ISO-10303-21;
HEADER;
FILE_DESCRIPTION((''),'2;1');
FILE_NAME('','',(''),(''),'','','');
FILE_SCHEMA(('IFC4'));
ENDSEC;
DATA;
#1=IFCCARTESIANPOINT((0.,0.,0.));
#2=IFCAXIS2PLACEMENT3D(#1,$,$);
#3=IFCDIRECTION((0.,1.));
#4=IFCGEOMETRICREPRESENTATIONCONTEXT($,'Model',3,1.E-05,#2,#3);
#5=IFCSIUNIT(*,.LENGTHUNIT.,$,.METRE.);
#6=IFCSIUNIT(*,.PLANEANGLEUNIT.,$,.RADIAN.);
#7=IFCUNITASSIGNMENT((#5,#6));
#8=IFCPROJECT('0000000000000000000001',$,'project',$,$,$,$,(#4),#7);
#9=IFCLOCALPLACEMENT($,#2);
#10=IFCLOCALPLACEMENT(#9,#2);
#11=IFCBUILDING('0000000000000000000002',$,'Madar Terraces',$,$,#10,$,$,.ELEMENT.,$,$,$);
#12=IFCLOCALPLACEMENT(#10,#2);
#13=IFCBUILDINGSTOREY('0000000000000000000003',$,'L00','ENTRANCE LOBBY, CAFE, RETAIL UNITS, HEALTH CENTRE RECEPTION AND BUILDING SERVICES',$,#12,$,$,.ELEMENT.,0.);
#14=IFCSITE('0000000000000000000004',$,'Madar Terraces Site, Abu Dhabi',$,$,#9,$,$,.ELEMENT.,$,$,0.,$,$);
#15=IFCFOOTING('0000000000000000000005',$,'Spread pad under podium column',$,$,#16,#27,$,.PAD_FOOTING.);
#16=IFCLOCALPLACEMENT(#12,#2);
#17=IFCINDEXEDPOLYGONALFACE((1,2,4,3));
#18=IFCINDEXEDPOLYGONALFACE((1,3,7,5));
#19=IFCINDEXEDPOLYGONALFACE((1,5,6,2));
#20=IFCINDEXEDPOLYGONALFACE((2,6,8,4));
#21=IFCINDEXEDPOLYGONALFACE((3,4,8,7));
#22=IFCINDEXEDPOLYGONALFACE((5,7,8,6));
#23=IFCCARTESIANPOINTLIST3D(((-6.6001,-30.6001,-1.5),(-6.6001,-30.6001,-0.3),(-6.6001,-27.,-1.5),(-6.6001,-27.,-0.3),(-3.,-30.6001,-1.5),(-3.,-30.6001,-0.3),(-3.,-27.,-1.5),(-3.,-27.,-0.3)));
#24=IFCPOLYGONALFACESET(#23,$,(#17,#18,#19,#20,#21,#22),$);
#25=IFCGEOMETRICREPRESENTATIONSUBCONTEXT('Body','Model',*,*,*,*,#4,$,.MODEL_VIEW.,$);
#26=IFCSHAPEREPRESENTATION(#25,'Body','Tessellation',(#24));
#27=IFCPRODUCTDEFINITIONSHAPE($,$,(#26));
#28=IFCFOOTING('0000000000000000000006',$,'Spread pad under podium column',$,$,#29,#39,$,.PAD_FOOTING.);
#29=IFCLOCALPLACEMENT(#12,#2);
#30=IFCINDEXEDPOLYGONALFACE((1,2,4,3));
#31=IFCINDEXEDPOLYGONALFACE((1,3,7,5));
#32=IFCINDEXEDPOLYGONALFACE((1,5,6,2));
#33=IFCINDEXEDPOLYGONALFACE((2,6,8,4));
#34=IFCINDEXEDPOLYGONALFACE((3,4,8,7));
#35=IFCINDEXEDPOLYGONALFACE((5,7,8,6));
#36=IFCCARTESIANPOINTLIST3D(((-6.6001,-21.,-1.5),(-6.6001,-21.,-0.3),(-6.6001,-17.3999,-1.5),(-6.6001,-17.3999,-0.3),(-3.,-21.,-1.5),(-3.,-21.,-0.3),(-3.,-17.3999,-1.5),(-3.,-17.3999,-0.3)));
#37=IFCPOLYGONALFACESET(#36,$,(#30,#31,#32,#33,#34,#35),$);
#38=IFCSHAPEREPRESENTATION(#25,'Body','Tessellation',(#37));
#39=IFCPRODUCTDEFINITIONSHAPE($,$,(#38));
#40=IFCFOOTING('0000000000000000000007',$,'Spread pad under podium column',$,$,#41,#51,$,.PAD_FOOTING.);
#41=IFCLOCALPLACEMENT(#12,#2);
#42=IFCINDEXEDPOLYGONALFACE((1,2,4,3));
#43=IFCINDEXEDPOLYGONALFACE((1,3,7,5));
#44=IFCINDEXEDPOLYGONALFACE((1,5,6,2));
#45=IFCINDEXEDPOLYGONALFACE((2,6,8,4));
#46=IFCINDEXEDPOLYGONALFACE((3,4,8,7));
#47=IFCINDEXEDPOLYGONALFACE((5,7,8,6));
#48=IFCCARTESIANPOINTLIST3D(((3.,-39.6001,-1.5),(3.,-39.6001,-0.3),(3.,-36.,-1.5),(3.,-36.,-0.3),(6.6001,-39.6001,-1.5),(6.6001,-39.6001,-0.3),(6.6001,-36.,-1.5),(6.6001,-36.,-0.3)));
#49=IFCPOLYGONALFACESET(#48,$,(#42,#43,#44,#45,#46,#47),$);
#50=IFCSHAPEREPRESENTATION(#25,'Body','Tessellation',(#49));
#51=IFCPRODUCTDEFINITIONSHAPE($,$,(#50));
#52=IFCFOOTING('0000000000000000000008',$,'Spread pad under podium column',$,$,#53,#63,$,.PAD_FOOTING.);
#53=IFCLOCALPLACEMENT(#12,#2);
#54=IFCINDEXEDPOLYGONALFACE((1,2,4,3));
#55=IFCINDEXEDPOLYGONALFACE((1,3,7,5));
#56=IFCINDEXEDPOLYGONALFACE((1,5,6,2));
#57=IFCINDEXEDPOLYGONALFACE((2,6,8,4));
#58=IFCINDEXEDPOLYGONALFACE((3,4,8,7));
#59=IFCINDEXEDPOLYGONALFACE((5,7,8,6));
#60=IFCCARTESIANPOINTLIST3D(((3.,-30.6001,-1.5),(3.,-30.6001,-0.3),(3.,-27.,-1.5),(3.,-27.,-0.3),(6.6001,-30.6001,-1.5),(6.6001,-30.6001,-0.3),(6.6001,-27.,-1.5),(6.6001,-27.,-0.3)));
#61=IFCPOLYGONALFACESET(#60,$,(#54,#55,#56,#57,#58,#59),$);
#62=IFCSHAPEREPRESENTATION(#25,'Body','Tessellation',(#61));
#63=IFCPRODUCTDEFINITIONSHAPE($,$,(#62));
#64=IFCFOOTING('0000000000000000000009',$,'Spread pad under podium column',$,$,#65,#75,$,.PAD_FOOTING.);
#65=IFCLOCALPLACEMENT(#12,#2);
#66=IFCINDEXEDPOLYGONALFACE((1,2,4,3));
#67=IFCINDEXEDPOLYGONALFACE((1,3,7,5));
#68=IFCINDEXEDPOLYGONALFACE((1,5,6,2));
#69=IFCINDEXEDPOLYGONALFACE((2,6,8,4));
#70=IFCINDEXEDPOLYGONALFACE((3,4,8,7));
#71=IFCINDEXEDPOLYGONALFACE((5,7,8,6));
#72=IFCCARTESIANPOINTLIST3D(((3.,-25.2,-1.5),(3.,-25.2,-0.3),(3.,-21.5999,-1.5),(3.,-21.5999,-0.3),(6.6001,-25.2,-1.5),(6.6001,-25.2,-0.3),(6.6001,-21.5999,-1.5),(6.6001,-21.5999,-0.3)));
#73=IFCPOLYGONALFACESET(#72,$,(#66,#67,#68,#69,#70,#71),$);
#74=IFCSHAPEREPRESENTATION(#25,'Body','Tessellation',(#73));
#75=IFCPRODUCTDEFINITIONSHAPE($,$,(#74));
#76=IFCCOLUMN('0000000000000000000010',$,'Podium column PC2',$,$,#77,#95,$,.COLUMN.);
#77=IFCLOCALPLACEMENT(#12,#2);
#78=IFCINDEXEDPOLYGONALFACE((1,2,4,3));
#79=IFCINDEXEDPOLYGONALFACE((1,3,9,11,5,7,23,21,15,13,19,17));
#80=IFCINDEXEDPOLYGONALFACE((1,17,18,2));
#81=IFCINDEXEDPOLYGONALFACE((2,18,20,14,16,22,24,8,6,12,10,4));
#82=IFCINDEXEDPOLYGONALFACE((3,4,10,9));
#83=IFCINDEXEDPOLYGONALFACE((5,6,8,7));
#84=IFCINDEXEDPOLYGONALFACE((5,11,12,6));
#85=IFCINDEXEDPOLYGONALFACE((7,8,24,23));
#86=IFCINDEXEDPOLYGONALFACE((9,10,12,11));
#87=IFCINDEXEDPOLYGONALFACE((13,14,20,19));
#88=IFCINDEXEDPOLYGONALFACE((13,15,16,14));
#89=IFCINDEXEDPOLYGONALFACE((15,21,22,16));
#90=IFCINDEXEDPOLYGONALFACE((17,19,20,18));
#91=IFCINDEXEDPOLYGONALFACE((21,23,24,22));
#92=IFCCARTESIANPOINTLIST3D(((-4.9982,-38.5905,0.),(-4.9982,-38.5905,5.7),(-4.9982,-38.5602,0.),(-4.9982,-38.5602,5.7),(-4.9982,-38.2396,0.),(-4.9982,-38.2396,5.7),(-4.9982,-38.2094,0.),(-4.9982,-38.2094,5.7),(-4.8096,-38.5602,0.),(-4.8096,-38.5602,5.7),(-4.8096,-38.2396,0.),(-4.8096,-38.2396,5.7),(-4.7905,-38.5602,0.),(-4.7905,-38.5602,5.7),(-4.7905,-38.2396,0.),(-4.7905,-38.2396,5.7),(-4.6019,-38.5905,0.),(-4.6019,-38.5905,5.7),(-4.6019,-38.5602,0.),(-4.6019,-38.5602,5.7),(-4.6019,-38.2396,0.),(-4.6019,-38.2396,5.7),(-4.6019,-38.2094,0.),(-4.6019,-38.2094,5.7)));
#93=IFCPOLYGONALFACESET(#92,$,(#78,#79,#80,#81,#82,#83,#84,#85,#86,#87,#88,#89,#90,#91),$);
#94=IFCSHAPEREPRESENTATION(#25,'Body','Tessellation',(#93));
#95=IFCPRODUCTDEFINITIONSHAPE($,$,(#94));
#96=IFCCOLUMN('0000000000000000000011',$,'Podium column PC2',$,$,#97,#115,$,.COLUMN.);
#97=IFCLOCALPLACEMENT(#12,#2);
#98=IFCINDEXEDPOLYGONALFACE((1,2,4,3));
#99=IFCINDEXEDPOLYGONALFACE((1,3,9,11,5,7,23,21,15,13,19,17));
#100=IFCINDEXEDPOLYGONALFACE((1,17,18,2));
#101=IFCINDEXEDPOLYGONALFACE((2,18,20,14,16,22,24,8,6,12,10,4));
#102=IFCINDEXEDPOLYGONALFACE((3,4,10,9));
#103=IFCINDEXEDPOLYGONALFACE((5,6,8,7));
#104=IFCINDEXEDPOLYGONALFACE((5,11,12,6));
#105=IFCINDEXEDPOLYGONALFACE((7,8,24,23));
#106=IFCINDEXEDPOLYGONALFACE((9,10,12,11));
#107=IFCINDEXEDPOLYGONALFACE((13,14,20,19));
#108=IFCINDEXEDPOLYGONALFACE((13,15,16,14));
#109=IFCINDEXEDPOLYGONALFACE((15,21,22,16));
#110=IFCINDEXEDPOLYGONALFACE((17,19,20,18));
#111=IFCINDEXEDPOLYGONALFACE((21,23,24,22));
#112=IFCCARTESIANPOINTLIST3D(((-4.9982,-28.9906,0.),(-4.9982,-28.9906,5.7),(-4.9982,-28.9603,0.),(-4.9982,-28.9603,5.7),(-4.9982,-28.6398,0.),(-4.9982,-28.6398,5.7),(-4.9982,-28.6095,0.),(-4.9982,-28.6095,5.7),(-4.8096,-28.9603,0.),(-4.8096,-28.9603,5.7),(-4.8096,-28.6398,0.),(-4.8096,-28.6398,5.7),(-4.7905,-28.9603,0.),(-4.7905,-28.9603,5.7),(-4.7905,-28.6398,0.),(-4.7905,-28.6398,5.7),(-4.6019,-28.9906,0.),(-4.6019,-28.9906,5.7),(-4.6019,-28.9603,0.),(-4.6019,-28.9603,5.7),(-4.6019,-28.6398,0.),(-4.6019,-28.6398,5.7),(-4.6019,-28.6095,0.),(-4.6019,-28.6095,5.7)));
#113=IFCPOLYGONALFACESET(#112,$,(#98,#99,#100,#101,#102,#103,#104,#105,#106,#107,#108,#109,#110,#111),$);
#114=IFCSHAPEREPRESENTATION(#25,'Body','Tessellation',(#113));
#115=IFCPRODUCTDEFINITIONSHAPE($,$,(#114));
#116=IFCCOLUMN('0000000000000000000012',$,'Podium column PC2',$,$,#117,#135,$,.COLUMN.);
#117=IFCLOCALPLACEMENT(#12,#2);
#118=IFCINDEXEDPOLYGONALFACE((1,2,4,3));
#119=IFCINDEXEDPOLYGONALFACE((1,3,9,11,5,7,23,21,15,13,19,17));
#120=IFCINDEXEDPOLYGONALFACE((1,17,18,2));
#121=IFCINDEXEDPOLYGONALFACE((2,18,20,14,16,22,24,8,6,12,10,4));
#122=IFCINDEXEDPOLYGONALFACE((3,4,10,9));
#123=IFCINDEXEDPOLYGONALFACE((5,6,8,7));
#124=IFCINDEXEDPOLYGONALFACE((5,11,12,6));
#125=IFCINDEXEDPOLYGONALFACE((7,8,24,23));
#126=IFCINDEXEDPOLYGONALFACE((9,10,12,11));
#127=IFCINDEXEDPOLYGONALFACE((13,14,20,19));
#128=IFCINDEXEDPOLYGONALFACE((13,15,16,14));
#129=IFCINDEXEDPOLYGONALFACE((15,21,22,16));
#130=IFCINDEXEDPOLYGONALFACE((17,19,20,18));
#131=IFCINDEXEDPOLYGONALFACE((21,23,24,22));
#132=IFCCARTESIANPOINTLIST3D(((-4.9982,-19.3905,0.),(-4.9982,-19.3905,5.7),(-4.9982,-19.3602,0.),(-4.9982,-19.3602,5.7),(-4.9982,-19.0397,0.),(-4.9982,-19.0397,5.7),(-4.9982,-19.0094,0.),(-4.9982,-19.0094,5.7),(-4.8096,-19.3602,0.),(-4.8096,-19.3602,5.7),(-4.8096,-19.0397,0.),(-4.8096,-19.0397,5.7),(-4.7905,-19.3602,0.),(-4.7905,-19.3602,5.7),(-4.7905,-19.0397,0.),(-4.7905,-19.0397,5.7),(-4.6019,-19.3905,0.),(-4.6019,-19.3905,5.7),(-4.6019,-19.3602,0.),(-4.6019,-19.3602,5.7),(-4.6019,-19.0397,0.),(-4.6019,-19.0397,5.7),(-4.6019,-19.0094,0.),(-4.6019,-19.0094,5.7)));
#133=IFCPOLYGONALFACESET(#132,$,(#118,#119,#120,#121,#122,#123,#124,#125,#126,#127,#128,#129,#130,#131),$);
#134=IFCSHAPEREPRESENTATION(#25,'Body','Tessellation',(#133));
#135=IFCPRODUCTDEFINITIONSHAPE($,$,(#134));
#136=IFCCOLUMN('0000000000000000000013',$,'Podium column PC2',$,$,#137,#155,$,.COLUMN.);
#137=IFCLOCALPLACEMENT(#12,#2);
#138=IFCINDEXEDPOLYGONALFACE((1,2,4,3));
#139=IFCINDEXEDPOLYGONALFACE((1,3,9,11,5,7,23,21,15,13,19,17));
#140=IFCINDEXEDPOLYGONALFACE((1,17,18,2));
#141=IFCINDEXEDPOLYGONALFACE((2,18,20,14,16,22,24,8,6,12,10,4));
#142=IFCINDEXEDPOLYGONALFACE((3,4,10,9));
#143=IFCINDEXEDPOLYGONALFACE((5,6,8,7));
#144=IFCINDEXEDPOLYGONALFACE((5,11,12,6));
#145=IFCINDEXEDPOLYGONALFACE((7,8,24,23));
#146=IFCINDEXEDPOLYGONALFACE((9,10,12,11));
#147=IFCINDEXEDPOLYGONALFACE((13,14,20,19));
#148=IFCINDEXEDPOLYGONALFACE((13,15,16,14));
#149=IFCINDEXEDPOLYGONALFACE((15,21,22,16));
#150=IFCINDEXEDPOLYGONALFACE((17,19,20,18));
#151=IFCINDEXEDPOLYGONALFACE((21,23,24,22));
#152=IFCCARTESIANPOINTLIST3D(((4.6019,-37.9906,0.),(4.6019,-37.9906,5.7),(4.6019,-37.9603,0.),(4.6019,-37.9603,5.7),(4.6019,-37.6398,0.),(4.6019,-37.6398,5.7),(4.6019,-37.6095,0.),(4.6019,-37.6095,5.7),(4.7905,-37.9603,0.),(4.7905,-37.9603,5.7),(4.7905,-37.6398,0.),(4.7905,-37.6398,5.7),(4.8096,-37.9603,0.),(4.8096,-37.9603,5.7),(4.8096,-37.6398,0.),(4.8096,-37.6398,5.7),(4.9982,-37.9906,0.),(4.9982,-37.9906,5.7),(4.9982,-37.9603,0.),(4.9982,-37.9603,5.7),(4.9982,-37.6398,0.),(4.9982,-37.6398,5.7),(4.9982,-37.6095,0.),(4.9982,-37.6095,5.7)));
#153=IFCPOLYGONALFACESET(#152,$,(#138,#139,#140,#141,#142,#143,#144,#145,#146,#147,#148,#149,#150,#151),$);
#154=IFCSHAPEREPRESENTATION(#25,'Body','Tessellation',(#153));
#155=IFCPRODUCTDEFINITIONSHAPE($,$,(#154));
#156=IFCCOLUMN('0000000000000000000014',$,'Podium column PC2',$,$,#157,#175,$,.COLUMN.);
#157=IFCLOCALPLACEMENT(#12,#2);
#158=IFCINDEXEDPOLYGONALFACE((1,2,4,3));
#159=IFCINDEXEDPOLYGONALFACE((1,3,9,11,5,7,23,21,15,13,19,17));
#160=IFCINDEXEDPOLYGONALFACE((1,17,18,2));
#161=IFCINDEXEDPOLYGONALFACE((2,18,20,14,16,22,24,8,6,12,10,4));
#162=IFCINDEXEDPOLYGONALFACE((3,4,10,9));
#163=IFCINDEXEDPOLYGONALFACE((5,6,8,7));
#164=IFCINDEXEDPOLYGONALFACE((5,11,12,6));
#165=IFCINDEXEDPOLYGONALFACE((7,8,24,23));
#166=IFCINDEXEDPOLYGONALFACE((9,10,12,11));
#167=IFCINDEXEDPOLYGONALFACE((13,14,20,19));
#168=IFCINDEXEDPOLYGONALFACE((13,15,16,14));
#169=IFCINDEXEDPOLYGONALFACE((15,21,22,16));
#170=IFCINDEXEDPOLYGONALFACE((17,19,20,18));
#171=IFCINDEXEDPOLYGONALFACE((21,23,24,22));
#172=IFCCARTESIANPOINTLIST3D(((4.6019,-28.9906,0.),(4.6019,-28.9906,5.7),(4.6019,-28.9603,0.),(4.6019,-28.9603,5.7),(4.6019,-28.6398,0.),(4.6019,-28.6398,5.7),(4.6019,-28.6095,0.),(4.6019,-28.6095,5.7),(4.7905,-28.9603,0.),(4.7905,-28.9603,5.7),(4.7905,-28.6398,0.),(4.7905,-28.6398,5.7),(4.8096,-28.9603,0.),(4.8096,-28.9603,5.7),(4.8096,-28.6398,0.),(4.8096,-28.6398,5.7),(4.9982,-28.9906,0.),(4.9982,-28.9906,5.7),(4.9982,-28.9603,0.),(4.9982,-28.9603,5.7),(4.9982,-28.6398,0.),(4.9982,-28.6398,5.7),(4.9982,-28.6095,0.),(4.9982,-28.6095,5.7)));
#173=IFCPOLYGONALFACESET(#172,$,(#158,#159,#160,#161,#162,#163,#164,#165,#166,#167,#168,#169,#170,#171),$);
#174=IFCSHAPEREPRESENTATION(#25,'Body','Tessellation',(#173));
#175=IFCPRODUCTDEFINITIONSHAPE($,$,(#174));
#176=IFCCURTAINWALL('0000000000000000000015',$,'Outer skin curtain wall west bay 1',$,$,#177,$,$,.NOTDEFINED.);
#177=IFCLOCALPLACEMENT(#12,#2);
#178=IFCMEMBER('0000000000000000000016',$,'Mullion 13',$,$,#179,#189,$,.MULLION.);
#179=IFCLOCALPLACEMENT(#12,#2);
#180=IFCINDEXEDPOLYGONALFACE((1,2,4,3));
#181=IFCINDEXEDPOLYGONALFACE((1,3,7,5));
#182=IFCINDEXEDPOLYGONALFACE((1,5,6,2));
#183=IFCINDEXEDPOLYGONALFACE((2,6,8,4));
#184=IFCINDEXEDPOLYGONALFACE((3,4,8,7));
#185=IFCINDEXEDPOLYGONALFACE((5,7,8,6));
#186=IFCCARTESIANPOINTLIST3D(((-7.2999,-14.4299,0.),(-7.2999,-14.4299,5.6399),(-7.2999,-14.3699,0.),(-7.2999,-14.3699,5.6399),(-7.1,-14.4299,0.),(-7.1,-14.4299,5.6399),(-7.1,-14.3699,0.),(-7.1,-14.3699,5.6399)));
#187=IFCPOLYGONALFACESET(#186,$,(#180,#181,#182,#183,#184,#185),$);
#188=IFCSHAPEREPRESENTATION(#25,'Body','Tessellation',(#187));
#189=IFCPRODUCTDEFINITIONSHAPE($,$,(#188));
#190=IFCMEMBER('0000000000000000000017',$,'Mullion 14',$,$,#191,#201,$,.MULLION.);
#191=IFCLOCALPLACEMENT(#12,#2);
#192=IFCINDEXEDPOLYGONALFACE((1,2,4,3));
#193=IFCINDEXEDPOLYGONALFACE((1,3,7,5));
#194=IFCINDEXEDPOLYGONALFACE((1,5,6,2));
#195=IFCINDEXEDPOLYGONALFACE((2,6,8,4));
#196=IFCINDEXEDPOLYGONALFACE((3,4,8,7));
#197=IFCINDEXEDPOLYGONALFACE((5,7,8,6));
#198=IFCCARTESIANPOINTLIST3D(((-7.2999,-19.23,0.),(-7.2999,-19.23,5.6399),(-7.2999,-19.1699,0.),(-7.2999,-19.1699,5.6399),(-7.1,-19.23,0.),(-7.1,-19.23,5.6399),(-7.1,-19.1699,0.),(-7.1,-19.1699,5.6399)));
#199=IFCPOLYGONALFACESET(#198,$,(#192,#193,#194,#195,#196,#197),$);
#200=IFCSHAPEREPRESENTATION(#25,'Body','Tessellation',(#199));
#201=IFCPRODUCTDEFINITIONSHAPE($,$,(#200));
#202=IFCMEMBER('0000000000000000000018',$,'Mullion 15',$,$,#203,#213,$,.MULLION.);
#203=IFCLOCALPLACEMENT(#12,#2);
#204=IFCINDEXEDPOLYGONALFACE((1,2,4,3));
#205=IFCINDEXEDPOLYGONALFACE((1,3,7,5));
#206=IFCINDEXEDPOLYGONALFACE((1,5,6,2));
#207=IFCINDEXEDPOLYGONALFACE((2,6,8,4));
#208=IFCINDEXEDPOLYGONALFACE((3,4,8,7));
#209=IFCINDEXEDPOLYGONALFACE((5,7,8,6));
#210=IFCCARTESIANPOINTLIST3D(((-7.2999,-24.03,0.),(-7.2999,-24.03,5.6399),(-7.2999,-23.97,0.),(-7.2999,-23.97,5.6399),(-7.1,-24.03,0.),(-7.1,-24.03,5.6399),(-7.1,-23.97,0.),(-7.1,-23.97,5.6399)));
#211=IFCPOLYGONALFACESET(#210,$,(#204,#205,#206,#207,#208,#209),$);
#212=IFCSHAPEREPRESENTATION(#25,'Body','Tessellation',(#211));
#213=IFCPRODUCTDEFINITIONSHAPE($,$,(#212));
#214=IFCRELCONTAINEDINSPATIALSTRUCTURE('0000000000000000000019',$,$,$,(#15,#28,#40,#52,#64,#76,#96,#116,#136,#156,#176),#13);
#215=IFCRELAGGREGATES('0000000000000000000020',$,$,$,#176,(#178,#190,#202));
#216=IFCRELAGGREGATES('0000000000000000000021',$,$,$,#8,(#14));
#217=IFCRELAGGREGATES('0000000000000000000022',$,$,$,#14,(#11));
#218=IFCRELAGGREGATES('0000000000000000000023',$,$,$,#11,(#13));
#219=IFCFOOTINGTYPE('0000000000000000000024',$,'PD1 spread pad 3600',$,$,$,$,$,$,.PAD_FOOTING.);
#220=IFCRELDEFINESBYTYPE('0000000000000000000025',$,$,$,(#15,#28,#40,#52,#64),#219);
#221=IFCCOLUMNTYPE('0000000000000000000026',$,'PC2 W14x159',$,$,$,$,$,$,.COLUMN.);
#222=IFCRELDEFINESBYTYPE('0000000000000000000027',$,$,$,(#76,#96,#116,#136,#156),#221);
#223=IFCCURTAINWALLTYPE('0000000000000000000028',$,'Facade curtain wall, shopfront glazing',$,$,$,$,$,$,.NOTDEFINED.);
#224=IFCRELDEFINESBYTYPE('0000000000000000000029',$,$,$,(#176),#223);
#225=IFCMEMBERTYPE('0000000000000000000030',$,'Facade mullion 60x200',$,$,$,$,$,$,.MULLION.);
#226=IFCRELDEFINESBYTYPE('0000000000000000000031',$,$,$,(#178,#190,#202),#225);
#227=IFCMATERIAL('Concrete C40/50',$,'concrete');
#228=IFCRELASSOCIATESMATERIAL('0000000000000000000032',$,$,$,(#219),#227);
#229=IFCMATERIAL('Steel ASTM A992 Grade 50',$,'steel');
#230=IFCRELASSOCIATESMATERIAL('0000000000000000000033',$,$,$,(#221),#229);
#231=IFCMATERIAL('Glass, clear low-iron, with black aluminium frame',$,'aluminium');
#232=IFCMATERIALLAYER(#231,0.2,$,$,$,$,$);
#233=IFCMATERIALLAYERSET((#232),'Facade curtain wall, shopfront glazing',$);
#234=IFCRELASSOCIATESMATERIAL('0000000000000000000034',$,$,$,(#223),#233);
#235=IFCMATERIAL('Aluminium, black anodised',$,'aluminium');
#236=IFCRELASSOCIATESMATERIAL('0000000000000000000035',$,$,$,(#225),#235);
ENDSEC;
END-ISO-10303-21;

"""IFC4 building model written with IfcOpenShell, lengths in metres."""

from ifc_helpers import new_model, si_unit, direction, frame, origin, origin_2d, place, context, subcontext, project, spatial, rectangle, i_section, extrude, material, layer, layer_set, material_profile, profile_set, type_object, element, aggregate, save


model = new_model("IFC4")

# Units and contexts
model_context = context("Model", 3, precision=1e-05, world=origin(), true_north=direction((0.0, 1.0)))
body_context = subcontext(model_context, "Body", "Model", "MODEL_VIEW")
ifc_project = project(units=[si_unit("LENGTHUNIT", "METRE"), si_unit("PLANEANGLEUNIT", "RADIAN")], contexts=[model_context])

# Site, building, storey
site_placement = place(None, origin())
site = spatial("IfcSite", under=ifc_project, at=site_placement, Name="Madar Terraces Site, Abu Dhabi", CompositionType="ELEMENT", RefElevation=0.0)
building_placement = place(site_placement, origin())
building = spatial("IfcBuilding", under=site, at=building_placement, Name="Madar Terraces", CompositionType="ELEMENT")
storey_placement = place(building_placement, origin())
storey = spatial("IfcBuildingStorey", under=building, at=storey_placement, Name="L00", Description="ENTRANCE LOBBY, CAFE, RETAIL UNITS, HEALTH CENTRE RECEPTION AND BUILDING SERVICES", CompositionType="ELEMENT", Elevation=0.0)

# Footings
ifc_material_1 = material(Name="Concrete C40/50", Category="concrete")
footing_type = type_object("IfcFootingType", Name="PD1 spread pad 3600", PredefinedType="PAD_FOOTING", material=ifc_material_1)
for number, where, z_axis, x_axis, name in (
    (1, (-4.8, -28.8, -1.5), (0.0, 0.0, 1.0), (1.0, 0.0, 0.0), "Spread pad under podium column"),
    (2, (-4.8, -19.2, -1.5), (0.0, 0.0, 1.0), (1.0, 0.0, 0.0), "Spread pad under podium column"),
    (3, (4.8, -37.8, -1.5), (0.0, 0.0, 1.0), (1.0, 0.0, 0.0), "Spread pad under podium column"),
    (4, (4.8, -28.8, -1.5), (0.0, 0.0, 1.0), (1.0, 0.0, 0.0), "Spread pad under podium column"),
    (5, (4.8, -23.3999, -1.5), (0.0, 0.0, 1.0), (1.0, 0.0, 0.0), "Spread pad under podium column"),
):
    element("IfcFooting", number, at=place(storey_placement, frame(where, z_axis=z_axis, x_axis=x_axis)), inside=storey, type_object=footing_type, Name=name, PredefinedType="PAD_FOOTING", context=body_context, shape_type="SweptSolid", body=[
        extrude(rectangle(XDim=3.6001, YDim=3.6001, at=origin_2d()), origin(), (0.0, 0.0, 1.0), 1.2),
    ])

# Columns
ifc_material_2 = material(Name="Steel ASTM A992 Grade 50", Category="steel")
ifc_material_profile_1 = material_profile(ifc_material_2, i_section(OverallWidth=0.3962, OverallDepth=0.3811, WebThickness=0.019, FlangeThickness=0.0303, at=origin_2d()), Name="W14x159")
ifc_profile_set_1 = profile_set([ifc_material_profile_1], Name="Steel ASTM A992 Grade 50")
column_type = type_object("IfcColumnType", Name="PC2 W14x159", PredefinedType="COLUMN", material=ifc_profile_set_1)
for number, where, z_axis, x_axis, name in (
    (6, (-4.8, -38.3999, 0.0), (0.0, 0.0, 1.0), (1.0, 0.0, 0.0), "Podium column PC2"),
    (7, (-4.8, -28.8, 0.0), (0.0, 0.0, 1.0), (1.0, 0.0, 0.0), "Podium column PC2"),
    (8, (-4.8, -19.2, 0.0), (0.0, 0.0, 1.0), (1.0, 0.0, 0.0), "Podium column PC2"),
    (9, (4.8, -37.8, 0.0), (0.0, 0.0, 1.0), (1.0, 0.0, 0.0), "Podium column PC2"),
    (10, (4.8, -28.8, 0.0), (0.0, 0.0, 1.0), (1.0, 0.0, 0.0), "Podium column PC2"),
):
    element("IfcColumn", number, at=place(storey_placement, frame(where, z_axis=z_axis, x_axis=x_axis)), inside=storey, type_object=column_type, Name=name, PredefinedType="COLUMN", context=body_context, shape_type="SweptSolid", body=[
        extrude(i_section(OverallWidth=0.3962, OverallDepth=0.3811, WebThickness=0.019, FlangeThickness=0.0303, at=origin_2d()), origin(), (0.0, 0.0, 1.0), 5.7),
    ])

# Curtain wall, members
ifc_material_3 = material(Name="Glass, clear low-iron, with black aluminium frame", Category="aluminium")
ifc_layer_1 = layer(ifc_material_3, 0.2)
ifc_layer_set_1 = layer_set([ifc_layer_1], Name="Facade curtain wall, shopfront glazing")
curtain_wall_type = type_object("IfcCurtainWallType", Name="Facade curtain wall, shopfront glazing", PredefinedType="NOTDEFINED", material=ifc_layer_set_1)
curtain_wall_placement = place(storey_placement, origin())
curtain_wall = element("IfcCurtainWall", 11, at=curtain_wall_placement, inside=storey, type_object=curtain_wall_type, Name="Outer skin curtain wall west bay 1", PredefinedType="NOTDEFINED")
ifc_material_4 = material(Name="Aluminium, black anodised", Category="aluminium")
ifc_material_profile_2 = material_profile(ifc_material_4, rectangle(XDim=0.2, YDim=0.0601, at=origin_2d()), Name="Facade mullion 60x200")
ifc_profile_set_2 = profile_set([ifc_material_profile_2], Name="Aluminium, black anodised")
member_type_1 = type_object("IfcMemberType", Name="Facade mullion 60x200", PredefinedType="MULLION", material=ifc_profile_set_2)
member_1_placement = place(storey_placement, frame((-7.2, -14.3999, 0.0), z_axis=(0.0, 0.0, 1.0), x_axis=(1.0, 0.0, 0.0)))
member_1 = element("IfcMember", 12, at=member_1_placement, type_object=member_type_1, Name="Mullion 13", PredefinedType="MULLION", context=body_context, shape_type="SweptSolid", body=[
    extrude(rectangle(XDim=0.2, YDim=0.0601, at=origin_2d()), origin(), (0.0, 0.0, 1.0), 5.6399),
])
member_2_placement = place(storey_placement, frame((-7.2, -19.2, 0.0), z_axis=(0.0, 0.0, 1.0), x_axis=(1.0, 0.0, 0.0)))
member_2 = element("IfcMember", 13, at=member_2_placement, type_object=member_type_1, Name="Mullion 14", PredefinedType="MULLION", context=body_context, shape_type="SweptSolid", body=[
    extrude(rectangle(XDim=0.2, YDim=0.0601, at=origin_2d()), origin(), (0.0, 0.0, 1.0), 5.6399),
])
member_3_placement = place(storey_placement, frame((-7.2, -24.0, 0.0), z_axis=(0.0, 0.0, 1.0), x_axis=(1.0, 0.0, 0.0)))
member_3 = element("IfcMember", 14, at=member_3_placement, type_object=member_type_1, Name="Mullion 15", PredefinedType="MULLION", context=body_context, shape_type="SweptSolid", body=[
    extrude(rectangle(XDim=0.2, YDim=0.0601, at=origin_2d()), origin(), (0.0, 0.0, 1.0), 5.6399),
])
aggregate(curtain_wall, [member_1, member_2, member_3])

save(model, "model.ifc")
